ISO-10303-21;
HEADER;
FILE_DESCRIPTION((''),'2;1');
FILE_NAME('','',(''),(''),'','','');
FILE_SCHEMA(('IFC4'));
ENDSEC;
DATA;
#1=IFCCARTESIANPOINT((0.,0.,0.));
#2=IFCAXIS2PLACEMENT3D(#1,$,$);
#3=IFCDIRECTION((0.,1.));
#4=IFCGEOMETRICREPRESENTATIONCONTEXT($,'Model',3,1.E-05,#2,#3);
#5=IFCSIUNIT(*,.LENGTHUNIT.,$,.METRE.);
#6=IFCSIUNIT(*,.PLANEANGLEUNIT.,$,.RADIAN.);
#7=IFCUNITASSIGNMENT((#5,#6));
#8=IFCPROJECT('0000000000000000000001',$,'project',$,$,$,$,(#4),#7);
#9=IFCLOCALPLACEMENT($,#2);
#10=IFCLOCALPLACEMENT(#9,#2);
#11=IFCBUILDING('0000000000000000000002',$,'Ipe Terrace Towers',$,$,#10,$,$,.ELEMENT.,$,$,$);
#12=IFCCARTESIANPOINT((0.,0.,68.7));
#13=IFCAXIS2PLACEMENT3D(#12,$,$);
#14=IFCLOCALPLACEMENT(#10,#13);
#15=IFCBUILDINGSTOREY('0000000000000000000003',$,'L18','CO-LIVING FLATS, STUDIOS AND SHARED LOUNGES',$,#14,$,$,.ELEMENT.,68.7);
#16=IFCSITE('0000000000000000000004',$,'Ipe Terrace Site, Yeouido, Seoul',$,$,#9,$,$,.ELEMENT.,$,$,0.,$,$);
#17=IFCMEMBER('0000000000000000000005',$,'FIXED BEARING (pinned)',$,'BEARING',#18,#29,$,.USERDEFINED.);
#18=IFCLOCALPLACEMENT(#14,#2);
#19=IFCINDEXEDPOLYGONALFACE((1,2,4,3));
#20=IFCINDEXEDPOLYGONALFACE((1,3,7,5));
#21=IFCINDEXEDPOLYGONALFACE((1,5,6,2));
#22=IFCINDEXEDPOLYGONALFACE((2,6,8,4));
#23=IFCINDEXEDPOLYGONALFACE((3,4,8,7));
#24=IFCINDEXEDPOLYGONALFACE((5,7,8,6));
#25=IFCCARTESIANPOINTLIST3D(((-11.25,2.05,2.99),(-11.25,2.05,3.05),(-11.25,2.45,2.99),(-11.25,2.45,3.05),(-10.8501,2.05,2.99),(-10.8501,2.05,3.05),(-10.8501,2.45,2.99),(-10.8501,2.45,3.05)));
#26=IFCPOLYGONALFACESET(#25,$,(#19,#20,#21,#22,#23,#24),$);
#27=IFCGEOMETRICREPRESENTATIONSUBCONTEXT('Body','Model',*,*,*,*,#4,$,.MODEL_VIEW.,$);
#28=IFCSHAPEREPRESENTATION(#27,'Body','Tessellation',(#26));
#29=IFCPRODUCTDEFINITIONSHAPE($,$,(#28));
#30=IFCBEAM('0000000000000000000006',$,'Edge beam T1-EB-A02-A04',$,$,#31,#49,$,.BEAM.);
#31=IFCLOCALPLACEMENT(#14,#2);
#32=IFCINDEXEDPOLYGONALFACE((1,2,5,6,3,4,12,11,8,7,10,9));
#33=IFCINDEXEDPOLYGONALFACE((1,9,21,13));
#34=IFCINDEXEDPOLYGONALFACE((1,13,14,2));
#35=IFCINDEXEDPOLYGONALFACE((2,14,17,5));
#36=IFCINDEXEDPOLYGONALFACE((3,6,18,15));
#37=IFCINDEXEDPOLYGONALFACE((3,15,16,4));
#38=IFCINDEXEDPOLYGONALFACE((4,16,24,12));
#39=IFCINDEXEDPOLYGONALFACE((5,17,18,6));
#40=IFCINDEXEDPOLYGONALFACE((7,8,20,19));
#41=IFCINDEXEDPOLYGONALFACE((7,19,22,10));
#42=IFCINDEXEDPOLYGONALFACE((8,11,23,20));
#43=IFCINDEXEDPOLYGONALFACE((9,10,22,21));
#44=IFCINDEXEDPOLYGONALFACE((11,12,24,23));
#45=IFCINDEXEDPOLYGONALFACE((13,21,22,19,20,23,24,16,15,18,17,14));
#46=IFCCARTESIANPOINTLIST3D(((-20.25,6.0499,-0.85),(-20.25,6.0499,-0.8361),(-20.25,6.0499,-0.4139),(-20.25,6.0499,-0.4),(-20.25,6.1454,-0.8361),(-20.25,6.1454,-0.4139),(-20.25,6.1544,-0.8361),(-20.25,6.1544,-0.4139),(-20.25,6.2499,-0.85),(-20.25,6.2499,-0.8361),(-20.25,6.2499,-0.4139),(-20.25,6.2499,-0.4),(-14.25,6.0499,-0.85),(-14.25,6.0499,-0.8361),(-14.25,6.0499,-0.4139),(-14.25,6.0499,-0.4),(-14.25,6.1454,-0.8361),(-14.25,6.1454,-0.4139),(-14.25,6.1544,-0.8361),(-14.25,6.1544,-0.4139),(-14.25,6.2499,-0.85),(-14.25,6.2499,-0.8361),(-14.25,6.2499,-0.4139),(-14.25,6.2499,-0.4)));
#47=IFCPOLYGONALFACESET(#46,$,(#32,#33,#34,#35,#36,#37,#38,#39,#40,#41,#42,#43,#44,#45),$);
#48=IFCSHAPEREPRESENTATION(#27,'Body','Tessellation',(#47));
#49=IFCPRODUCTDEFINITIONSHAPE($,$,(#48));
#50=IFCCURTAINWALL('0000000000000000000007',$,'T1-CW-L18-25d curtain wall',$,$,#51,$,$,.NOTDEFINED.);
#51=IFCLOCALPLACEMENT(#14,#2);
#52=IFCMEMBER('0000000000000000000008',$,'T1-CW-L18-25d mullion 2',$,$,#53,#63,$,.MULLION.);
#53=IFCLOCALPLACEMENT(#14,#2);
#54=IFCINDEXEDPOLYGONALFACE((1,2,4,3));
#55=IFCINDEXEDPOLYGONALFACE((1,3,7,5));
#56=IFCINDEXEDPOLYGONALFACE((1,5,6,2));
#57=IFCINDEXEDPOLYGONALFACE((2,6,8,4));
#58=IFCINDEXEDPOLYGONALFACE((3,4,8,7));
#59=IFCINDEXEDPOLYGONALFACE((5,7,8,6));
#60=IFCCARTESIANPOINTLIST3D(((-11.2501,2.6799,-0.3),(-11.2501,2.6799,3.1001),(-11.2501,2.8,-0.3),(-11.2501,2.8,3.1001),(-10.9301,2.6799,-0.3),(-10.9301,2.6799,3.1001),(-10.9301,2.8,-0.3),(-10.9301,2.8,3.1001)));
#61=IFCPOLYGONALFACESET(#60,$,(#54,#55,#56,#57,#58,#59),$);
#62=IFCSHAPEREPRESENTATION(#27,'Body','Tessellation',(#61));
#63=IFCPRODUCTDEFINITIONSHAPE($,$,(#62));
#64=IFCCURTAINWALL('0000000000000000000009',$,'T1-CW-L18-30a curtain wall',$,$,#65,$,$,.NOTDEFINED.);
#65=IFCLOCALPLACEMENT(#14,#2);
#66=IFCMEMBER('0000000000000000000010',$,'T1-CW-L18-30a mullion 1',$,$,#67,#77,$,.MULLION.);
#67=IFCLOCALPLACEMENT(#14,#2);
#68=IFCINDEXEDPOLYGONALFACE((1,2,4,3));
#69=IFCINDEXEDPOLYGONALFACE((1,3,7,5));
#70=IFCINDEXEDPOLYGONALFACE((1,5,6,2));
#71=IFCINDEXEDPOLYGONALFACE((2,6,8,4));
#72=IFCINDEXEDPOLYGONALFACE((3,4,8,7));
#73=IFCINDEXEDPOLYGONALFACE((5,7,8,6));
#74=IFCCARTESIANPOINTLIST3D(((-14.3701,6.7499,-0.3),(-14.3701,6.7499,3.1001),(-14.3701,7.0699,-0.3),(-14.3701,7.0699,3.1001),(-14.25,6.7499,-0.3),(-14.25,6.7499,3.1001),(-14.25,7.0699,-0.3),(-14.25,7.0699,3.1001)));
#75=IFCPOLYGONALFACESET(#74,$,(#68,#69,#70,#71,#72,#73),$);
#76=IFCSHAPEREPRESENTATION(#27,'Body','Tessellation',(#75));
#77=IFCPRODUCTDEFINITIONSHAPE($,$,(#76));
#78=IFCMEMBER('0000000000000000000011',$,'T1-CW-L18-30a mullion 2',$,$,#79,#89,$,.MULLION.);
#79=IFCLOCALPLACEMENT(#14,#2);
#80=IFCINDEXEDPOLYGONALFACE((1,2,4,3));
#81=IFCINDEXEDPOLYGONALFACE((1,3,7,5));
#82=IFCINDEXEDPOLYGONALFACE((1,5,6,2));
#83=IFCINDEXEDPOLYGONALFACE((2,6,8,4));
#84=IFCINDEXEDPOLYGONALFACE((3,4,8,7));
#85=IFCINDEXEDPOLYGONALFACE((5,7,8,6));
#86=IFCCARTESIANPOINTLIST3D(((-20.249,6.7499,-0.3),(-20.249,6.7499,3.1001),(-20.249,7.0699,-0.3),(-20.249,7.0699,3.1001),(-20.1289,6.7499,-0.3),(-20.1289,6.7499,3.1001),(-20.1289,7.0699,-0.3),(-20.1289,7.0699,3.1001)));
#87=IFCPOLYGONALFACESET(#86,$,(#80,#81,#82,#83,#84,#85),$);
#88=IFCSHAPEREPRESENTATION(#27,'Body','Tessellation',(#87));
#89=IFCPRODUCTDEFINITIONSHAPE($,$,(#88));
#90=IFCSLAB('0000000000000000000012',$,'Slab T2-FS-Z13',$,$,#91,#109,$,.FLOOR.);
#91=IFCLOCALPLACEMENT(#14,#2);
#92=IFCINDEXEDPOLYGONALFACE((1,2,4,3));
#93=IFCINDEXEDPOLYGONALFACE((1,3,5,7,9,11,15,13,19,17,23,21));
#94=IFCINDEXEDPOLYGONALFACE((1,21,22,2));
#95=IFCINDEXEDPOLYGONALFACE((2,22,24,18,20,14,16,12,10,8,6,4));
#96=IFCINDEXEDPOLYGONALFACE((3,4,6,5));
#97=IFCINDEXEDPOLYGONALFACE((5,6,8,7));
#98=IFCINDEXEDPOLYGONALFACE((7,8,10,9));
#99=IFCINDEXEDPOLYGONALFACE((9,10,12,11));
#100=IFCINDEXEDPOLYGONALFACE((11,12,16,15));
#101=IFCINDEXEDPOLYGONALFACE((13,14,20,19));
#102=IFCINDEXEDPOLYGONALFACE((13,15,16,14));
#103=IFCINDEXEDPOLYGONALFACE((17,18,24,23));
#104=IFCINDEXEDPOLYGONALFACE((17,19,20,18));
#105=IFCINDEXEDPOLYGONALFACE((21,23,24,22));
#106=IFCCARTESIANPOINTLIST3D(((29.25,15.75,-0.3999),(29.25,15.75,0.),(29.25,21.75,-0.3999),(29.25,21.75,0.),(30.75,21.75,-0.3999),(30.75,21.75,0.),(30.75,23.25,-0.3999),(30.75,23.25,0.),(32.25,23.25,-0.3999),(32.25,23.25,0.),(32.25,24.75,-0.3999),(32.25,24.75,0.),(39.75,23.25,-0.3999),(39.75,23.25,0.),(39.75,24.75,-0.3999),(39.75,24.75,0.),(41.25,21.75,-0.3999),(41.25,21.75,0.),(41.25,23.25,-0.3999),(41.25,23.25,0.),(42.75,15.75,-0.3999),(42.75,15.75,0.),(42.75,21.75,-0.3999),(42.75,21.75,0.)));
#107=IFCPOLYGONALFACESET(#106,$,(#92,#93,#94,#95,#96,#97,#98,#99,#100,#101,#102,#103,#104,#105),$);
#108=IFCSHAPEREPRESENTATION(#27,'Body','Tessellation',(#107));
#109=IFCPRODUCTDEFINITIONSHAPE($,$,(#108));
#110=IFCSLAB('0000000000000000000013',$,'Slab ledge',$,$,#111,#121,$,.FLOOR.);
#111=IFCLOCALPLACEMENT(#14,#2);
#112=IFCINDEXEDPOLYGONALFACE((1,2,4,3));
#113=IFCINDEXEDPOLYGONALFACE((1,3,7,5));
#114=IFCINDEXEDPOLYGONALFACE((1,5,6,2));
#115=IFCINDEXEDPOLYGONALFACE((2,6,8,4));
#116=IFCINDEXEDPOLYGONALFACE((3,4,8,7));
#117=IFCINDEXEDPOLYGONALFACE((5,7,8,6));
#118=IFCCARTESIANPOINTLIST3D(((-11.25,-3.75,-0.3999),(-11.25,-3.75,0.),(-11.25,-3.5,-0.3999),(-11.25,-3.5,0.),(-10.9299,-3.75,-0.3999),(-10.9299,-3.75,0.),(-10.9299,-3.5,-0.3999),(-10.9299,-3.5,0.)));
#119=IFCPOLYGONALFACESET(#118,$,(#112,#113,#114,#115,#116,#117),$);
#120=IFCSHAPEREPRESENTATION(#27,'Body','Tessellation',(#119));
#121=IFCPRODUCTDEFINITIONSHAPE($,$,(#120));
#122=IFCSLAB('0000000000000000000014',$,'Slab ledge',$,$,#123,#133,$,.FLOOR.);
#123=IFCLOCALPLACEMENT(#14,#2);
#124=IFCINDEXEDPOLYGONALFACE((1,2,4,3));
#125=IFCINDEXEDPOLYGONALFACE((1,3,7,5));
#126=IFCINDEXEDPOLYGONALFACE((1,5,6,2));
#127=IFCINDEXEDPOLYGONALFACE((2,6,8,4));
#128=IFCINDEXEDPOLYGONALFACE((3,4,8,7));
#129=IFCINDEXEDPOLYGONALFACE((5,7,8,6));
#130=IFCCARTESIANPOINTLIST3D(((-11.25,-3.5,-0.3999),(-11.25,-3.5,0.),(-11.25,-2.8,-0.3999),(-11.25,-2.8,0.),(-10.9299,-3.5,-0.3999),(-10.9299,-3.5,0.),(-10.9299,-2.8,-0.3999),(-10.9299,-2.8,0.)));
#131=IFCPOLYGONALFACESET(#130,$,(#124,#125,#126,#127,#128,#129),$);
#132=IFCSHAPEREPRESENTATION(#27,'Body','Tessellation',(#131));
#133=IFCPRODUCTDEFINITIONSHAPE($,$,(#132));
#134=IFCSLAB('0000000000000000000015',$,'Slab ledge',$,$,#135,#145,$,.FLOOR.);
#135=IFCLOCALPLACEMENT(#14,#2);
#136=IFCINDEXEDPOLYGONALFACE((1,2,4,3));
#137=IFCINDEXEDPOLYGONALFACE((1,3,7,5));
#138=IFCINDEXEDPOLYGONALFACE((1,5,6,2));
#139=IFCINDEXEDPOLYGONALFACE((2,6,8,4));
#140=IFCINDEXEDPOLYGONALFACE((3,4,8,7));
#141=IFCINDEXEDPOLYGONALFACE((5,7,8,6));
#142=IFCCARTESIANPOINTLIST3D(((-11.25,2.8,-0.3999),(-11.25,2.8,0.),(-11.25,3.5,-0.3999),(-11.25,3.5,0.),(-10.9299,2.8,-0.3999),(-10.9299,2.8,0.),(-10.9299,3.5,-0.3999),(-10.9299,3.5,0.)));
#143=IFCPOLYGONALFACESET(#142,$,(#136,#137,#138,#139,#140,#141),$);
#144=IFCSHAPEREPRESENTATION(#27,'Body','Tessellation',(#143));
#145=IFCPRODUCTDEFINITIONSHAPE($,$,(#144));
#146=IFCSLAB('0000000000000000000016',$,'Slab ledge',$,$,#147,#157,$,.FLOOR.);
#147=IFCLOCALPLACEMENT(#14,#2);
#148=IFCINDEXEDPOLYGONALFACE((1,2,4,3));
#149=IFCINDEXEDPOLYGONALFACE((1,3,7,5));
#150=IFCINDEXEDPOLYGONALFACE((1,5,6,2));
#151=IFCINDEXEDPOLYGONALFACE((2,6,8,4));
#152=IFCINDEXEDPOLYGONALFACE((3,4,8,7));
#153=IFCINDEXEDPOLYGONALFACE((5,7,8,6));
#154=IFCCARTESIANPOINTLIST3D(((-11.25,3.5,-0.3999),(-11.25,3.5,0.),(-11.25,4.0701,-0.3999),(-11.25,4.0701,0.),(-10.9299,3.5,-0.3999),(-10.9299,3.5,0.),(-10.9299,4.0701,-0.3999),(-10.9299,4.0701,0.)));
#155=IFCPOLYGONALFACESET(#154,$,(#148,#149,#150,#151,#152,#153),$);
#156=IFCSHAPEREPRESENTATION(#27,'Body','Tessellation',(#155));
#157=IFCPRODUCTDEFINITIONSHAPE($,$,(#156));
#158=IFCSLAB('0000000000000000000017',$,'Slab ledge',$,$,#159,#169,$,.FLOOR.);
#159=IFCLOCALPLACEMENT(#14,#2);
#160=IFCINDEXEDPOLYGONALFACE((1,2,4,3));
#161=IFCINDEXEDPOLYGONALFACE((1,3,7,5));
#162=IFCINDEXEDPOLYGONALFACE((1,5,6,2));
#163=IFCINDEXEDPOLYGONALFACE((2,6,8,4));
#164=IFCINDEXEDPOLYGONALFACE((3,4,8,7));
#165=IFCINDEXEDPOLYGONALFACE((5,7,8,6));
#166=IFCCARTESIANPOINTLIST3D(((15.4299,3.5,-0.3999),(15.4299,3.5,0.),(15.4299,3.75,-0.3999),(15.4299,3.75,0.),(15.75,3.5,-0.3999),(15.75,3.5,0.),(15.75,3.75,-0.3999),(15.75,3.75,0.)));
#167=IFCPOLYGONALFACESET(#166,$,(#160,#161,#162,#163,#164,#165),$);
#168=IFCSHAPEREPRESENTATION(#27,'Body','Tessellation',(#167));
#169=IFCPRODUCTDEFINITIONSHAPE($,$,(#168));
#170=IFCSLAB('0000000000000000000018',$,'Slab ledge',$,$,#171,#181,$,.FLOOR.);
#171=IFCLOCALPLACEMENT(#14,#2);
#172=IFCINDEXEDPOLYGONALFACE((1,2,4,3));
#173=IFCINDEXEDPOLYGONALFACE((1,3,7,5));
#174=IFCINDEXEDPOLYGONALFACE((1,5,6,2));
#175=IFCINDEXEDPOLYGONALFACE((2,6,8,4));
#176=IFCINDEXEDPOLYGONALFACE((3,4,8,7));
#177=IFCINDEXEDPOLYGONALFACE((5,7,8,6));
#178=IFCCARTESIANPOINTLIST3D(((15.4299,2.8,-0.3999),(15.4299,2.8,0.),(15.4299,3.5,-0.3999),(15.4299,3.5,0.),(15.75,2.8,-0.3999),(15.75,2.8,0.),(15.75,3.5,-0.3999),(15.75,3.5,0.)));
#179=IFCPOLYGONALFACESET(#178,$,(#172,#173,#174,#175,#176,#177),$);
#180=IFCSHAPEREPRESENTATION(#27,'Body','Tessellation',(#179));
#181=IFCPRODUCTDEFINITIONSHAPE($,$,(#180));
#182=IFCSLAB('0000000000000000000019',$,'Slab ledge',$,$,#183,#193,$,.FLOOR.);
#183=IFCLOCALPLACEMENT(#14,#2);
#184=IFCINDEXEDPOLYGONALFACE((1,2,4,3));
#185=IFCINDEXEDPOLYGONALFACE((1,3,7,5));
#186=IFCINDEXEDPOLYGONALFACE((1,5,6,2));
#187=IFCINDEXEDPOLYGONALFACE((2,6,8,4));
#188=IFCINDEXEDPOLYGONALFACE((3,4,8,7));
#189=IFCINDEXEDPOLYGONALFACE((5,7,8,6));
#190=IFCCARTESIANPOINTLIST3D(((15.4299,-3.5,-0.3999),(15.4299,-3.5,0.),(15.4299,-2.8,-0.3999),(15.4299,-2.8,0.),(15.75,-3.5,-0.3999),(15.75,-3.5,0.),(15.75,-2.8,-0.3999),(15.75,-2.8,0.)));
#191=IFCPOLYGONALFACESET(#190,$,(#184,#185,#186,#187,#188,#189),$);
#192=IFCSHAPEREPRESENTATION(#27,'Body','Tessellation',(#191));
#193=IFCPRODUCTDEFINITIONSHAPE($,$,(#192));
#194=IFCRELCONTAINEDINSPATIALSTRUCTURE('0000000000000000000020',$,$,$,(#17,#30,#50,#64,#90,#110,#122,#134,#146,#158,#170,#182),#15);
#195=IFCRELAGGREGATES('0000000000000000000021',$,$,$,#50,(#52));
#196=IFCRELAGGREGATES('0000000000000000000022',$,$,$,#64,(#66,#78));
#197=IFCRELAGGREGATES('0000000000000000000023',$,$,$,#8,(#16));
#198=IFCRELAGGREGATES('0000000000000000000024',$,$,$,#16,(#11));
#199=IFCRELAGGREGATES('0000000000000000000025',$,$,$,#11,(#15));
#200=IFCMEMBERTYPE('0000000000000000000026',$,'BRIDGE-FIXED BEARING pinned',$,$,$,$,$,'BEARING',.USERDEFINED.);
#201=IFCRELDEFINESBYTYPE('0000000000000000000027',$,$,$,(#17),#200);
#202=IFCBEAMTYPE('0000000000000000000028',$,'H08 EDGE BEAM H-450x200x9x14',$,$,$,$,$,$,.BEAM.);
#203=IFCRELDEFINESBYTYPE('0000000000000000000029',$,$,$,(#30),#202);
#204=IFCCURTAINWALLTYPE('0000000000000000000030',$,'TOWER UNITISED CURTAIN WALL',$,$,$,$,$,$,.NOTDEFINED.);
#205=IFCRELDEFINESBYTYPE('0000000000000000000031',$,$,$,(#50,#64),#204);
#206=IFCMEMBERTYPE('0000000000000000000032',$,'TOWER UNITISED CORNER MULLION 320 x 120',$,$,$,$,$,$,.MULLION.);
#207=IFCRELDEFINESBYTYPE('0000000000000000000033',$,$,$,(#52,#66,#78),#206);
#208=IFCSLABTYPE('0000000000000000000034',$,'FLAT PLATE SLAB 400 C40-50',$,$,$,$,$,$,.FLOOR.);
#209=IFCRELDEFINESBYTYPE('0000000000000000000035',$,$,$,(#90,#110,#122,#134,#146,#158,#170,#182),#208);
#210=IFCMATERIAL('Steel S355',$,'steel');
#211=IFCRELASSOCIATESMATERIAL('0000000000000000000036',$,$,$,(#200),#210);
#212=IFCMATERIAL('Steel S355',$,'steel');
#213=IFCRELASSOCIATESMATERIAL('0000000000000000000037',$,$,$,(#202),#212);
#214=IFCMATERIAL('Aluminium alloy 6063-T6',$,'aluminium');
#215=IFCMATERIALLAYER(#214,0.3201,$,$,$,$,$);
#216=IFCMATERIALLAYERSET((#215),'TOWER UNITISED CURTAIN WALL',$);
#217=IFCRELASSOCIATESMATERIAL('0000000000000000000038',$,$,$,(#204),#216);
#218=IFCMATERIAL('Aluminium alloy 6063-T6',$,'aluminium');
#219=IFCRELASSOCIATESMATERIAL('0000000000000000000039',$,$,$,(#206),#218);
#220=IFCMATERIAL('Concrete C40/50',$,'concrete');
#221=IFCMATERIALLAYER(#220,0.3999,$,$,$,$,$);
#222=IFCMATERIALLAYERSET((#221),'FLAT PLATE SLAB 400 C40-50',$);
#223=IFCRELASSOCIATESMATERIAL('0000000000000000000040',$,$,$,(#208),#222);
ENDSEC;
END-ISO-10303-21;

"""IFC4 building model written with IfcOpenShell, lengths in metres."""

from ifc_helpers import new_model, si_unit, direction, frame, origin, origin_2d, place, context, subcontext, project, spatial, polyline, rectangle, i_section, outline, extrude, material, layer, layer_set, material_profile, profile_set, type_object, element, aggregate, save


model = new_model("IFC4")

# Units and contexts
model_context = context("Model", 3, precision=1e-05, world=origin(), true_north=direction((0.0, 1.0)))
body_context = subcontext(model_context, "Body", "Model", "MODEL_VIEW")
ifc_project = project(units=[si_unit("LENGTHUNIT", "METRE"), si_unit("PLANEANGLEUNIT", "RADIAN")], contexts=[model_context])

# Site, building, storey
site_placement = place(None, origin())
site = spatial("IfcSite", under=ifc_project, at=site_placement, Name="Ipe Terrace Site, Yeouido, Seoul", CompositionType="ELEMENT", RefElevation=0.0)
building_placement = place(site_placement, origin())
building = spatial("IfcBuilding", under=site, at=building_placement, Name="Ipe Terrace Towers", CompositionType="ELEMENT")
storey_placement = place(building_placement, frame((0.0, 0.0, 68.7)))
storey = spatial("IfcBuildingStorey", under=building, at=storey_placement, Name="L18", Description="CO-LIVING FLATS, STUDIOS AND SHARED LOUNGES", CompositionType="ELEMENT", Elevation=68.7)

# Member
ifc_material_1 = material(Name="Steel S355", Category="steel")
member_type_1 = type_object("IfcMemberType", Name="BRIDGE-FIXED BEARING pinned", ElementType="BEARING", PredefinedType="USERDEFINED", material=ifc_material_1)
member_1_placement = place(storey_placement, frame((-11.05, 2.25, 2.99), z_axis=(0.0, 0.0, 1.0), x_axis=(1.0, 0.0, 0.0)))
element("IfcMember", 1, at=member_1_placement, inside=storey, type_object=member_type_1, Name="FIXED BEARING (pinned)", ObjectType="BEARING", PredefinedType="USERDEFINED", context=body_context, shape_type="SweptSolid", body=[
    extrude(rectangle(XDim=0.3999, YDim=0.3999, at=origin_2d()), origin(), (0.0, 0.0, 1.0), 0.0601),
])

# Beam
ifc_material_2 = material(Name="Steel S355", Category="steel")
ifc_material_profile_1 = material_profile(ifc_material_2, i_section(OverallWidth=0.2, OverallDepth=0.45, WebThickness=0.009, FlangeThickness=0.0139, at=origin_2d()), Name="H-450x200x9x14")
ifc_profile_set_1 = profile_set([ifc_material_profile_1], Name="Steel S355")
beam_type_1 = type_object("IfcBeamType", Name="H08 EDGE BEAM H-450x200x9x14", PredefinedType="BEAM", material=ifc_profile_set_1)
beam_1_placement = place(storey_placement, frame((-20.25, 6.1499, -0.625), z_axis=(1.0, 0.0, 0.0), x_axis=(0.0, 1.0, 0.0)))
element("IfcBeam", 2, at=beam_1_placement, inside=storey, type_object=beam_type_1, Name="Edge beam T1-EB-A02-A04", PredefinedType="BEAM", context=body_context, shape_type="SweptSolid", body=[
    extrude(i_section(OverallWidth=0.2, OverallDepth=0.45, WebThickness=0.009, FlangeThickness=0.0139, at=origin_2d()), origin(), (0.0, 0.0, 1.0), 6.0),
])

# Curtain wall, member
ifc_material_3 = material(Name="Aluminium alloy 6063-T6", Category="aluminium")
ifc_layer_1 = layer(ifc_material_3, 0.3201)
ifc_layer_set_1 = layer_set([ifc_layer_1], Name="TOWER UNITISED CURTAIN WALL")
curtain_wall_type = type_object("IfcCurtainWallType", Name="TOWER UNITISED CURTAIN WALL", PredefinedType="NOTDEFINED", material=ifc_layer_set_1)
curtain_wall_1_placement = place(storey_placement, origin())
curtain_wall_1 = element("IfcCurtainWall", 3, at=curtain_wall_1_placement, inside=storey, type_object=curtain_wall_type, Name="T1-CW-L18-25d curtain wall", PredefinedType="NOTDEFINED")
ifc_material_4 = material(Name="Aluminium alloy 6063-T6", Category="aluminium")
ifc_material_profile_2 = material_profile(ifc_material_4, rectangle(XDim=0.3201, YDim=0.1201, at=origin_2d()), Name="TOWER UNITISED CORNER MULLION 320 x 120")
ifc_profile_set_2 = profile_set([ifc_material_profile_2], Name="Aluminium alloy 6063-T6")
member_type_2 = type_object("IfcMemberType", Name="TOWER UNITISED CORNER MULLION 320 x 120", PredefinedType="MULLION", material=ifc_profile_set_2)
member_2_placement = place(storey_placement, frame((-11.0901, 2.74, -0.3), z_axis=(0.0, 0.0, 1.0), x_axis=(1.0, 0.0, 0.0)))
member_2 = element("IfcMember", 4, at=member_2_placement, type_object=member_type_2, Name="T1-CW-L18-25d mullion 2", PredefinedType="MULLION", context=body_context, shape_type="SweptSolid", body=[
    extrude(rectangle(XDim=0.3201, YDim=0.1201, at=origin_2d()), origin(), (0.0, 0.0, 1.0), 3.4001),
])
aggregate(curtain_wall_1, [member_2])

# Curtain wall, members
curtain_wall_2_placement = place(storey_placement, origin())
curtain_wall_2 = element("IfcCurtainWall", 5, at=curtain_wall_2_placement, inside=storey, type_object=curtain_wall_type, Name="T1-CW-L18-30a curtain wall", PredefinedType="NOTDEFINED")
member_3_placement = place(storey_placement, frame((-14.3101, 6.9099, -0.3), z_axis=(0.0, 0.0, 1.0), x_axis=(0.0, 1.0, 0.0)))
member_3 = element("IfcMember", 6, at=member_3_placement, type_object=member_type_2, Name="T1-CW-L18-30a mullion 1", PredefinedType="MULLION", context=body_context, shape_type="SweptSolid", body=[
    extrude(rectangle(XDim=0.3201, YDim=0.1201, at=origin_2d()), origin(), (0.0, 0.0, 1.0), 3.4001),
])
member_4_placement = place(storey_placement, frame((-20.189, 6.9099, -0.3), z_axis=(0.0, 0.0, 1.0), x_axis=(0.0, 1.0, 0.0)))
member_4 = element("IfcMember", 7, at=member_4_placement, type_object=member_type_2, Name="T1-CW-L18-30a mullion 2", PredefinedType="MULLION", context=body_context, shape_type="SweptSolid", body=[
    extrude(rectangle(XDim=0.3201, YDim=0.1201, at=origin_2d()), origin(), (0.0, 0.0, 1.0), 3.4001),
])

# Slabs
ifc_material_5 = material(Name="Concrete C40/50", Category="concrete")
ifc_layer_2 = layer(ifc_material_5, 0.3999)
ifc_layer_set_2 = layer_set([ifc_layer_2], Name="FLAT PLATE SLAB 400 C40-50")
slab_type = type_object("IfcSlabType", Name="FLAT PLATE SLAB 400 C40-50", PredefinedType="FLOOR", material=ifc_layer_set_2)
slab_1_placement = place(storey_placement, frame((0.0, 0.0, -0.3999)))
element("IfcSlab", 8, at=slab_1_placement, inside=storey, type_object=slab_type, Name="Slab T2-FS-Z13", PredefinedType="FLOOR", context=body_context, shape_type="SweptSolid", body=[
    extrude(outline(polyline([(30.75, 21.75), (30.75, 23.25), (32.25, 23.25), (32.25, 24.75), (39.75, 24.75), (39.75, 23.25), (41.25, 23.25), (41.25, 21.75), (42.75, 21.75), (42.75, 15.75), (29.25, 15.75), (29.25, 21.75), (30.75, 21.75)])), origin(), (0.0, 0.0, 1.0), 0.3999),
])
slab_2_placement = place(storey_placement, frame((0.0, 0.0, -0.3999)))
element("IfcSlab", 9, at=slab_2_placement, inside=storey, type_object=slab_type, Name="Slab ledge", PredefinedType="FLOOR", context=body_context, shape_type="SweptSolid", body=[
    extrude(outline(polyline([(-11.25, -3.75), (-11.25, -3.5), (-10.9299, -3.5), (-10.9299, -3.75), (-11.25, -3.75)])), origin(), (0.0, 0.0, 1.0), 0.3999),
])
slab_3_placement = place(storey_placement, frame((0.0, 0.0, -0.3999)))
element("IfcSlab", 10, at=slab_3_placement, inside=storey, type_object=slab_type, Name="Slab ledge", PredefinedType="FLOOR", context=body_context, shape_type="SweptSolid", body=[
    extrude(outline(polyline([(-11.25, -3.5), (-11.25, -2.8), (-10.9299, -2.8), (-10.9299, -3.5), (-11.25, -3.5)])), origin(), (0.0, 0.0, 1.0), 0.3999),
])
slab_4_placement = place(storey_placement, frame((0.0, 0.0, -0.3999)))
element("IfcSlab", 11, at=slab_4_placement, inside=storey, type_object=slab_type, Name="Slab ledge", PredefinedType="FLOOR", context=body_context, shape_type="SweptSolid", body=[
    extrude(outline(polyline([(-11.25, 2.8), (-11.25, 3.5), (-10.9299, 3.5), (-10.9299, 2.8), (-11.25, 2.8)])), origin(), (0.0, 0.0, 1.0), 0.3999),
])
slab_5_placement = place(storey_placement, frame((0.0, 0.0, -0.3999)))
element("IfcSlab", 12, at=slab_5_placement, inside=storey, type_object=slab_type, Name="Slab ledge", PredefinedType="FLOOR", context=body_context, shape_type="SweptSolid", body=[
    extrude(outline(polyline([(-11.25, 3.5), (-11.25, 4.0701), (-10.9299, 4.0701), (-10.9299, 3.5), (-11.25, 3.5)])), origin(), (0.0, 0.0, 1.0), 0.3999),
])
slab_6_placement = place(storey_placement, frame((0.0, 0.0, -0.3999)))
element("IfcSlab", 13, at=slab_6_placement, inside=storey, type_object=slab_type, Name="Slab ledge", PredefinedType="FLOOR", context=body_context, shape_type="SweptSolid", body=[
    extrude(outline(polyline([(15.75, 3.75), (15.75, 3.5), (15.4299, 3.5), (15.4299, 3.75), (15.75, 3.75)])), origin(), (0.0, 0.0, 1.0), 0.3999),
])
slab_7_placement = place(storey_placement, frame((0.0, 0.0, -0.3999)))
element("IfcSlab", 14, at=slab_7_placement, inside=storey, type_object=slab_type, Name="Slab ledge", PredefinedType="FLOOR", context=body_context, shape_type="SweptSolid", body=[
    extrude(outline(polyline([(15.75, 3.5), (15.75, 2.8), (15.4299, 2.8), (15.4299, 3.5), (15.75, 3.5)])), origin(), (0.0, 0.0, 1.0), 0.3999),
])
slab_8_placement = place(storey_placement, frame((0.0, 0.0, -0.3999)))
element("IfcSlab", 15, at=slab_8_placement, inside=storey, type_object=slab_type, Name="Slab ledge", PredefinedType="FLOOR", context=body_context, shape_type="SweptSolid", body=[
    extrude(outline(polyline([(15.75, -2.8), (15.75, -3.5), (15.4299, -3.5), (15.4299, -2.8), (15.75, -2.8)])), origin(), (0.0, 0.0, 1.0), 0.3999),
])

aggregate(curtain_wall_2, [member_3, member_4])

save(model, "model.ifc")
